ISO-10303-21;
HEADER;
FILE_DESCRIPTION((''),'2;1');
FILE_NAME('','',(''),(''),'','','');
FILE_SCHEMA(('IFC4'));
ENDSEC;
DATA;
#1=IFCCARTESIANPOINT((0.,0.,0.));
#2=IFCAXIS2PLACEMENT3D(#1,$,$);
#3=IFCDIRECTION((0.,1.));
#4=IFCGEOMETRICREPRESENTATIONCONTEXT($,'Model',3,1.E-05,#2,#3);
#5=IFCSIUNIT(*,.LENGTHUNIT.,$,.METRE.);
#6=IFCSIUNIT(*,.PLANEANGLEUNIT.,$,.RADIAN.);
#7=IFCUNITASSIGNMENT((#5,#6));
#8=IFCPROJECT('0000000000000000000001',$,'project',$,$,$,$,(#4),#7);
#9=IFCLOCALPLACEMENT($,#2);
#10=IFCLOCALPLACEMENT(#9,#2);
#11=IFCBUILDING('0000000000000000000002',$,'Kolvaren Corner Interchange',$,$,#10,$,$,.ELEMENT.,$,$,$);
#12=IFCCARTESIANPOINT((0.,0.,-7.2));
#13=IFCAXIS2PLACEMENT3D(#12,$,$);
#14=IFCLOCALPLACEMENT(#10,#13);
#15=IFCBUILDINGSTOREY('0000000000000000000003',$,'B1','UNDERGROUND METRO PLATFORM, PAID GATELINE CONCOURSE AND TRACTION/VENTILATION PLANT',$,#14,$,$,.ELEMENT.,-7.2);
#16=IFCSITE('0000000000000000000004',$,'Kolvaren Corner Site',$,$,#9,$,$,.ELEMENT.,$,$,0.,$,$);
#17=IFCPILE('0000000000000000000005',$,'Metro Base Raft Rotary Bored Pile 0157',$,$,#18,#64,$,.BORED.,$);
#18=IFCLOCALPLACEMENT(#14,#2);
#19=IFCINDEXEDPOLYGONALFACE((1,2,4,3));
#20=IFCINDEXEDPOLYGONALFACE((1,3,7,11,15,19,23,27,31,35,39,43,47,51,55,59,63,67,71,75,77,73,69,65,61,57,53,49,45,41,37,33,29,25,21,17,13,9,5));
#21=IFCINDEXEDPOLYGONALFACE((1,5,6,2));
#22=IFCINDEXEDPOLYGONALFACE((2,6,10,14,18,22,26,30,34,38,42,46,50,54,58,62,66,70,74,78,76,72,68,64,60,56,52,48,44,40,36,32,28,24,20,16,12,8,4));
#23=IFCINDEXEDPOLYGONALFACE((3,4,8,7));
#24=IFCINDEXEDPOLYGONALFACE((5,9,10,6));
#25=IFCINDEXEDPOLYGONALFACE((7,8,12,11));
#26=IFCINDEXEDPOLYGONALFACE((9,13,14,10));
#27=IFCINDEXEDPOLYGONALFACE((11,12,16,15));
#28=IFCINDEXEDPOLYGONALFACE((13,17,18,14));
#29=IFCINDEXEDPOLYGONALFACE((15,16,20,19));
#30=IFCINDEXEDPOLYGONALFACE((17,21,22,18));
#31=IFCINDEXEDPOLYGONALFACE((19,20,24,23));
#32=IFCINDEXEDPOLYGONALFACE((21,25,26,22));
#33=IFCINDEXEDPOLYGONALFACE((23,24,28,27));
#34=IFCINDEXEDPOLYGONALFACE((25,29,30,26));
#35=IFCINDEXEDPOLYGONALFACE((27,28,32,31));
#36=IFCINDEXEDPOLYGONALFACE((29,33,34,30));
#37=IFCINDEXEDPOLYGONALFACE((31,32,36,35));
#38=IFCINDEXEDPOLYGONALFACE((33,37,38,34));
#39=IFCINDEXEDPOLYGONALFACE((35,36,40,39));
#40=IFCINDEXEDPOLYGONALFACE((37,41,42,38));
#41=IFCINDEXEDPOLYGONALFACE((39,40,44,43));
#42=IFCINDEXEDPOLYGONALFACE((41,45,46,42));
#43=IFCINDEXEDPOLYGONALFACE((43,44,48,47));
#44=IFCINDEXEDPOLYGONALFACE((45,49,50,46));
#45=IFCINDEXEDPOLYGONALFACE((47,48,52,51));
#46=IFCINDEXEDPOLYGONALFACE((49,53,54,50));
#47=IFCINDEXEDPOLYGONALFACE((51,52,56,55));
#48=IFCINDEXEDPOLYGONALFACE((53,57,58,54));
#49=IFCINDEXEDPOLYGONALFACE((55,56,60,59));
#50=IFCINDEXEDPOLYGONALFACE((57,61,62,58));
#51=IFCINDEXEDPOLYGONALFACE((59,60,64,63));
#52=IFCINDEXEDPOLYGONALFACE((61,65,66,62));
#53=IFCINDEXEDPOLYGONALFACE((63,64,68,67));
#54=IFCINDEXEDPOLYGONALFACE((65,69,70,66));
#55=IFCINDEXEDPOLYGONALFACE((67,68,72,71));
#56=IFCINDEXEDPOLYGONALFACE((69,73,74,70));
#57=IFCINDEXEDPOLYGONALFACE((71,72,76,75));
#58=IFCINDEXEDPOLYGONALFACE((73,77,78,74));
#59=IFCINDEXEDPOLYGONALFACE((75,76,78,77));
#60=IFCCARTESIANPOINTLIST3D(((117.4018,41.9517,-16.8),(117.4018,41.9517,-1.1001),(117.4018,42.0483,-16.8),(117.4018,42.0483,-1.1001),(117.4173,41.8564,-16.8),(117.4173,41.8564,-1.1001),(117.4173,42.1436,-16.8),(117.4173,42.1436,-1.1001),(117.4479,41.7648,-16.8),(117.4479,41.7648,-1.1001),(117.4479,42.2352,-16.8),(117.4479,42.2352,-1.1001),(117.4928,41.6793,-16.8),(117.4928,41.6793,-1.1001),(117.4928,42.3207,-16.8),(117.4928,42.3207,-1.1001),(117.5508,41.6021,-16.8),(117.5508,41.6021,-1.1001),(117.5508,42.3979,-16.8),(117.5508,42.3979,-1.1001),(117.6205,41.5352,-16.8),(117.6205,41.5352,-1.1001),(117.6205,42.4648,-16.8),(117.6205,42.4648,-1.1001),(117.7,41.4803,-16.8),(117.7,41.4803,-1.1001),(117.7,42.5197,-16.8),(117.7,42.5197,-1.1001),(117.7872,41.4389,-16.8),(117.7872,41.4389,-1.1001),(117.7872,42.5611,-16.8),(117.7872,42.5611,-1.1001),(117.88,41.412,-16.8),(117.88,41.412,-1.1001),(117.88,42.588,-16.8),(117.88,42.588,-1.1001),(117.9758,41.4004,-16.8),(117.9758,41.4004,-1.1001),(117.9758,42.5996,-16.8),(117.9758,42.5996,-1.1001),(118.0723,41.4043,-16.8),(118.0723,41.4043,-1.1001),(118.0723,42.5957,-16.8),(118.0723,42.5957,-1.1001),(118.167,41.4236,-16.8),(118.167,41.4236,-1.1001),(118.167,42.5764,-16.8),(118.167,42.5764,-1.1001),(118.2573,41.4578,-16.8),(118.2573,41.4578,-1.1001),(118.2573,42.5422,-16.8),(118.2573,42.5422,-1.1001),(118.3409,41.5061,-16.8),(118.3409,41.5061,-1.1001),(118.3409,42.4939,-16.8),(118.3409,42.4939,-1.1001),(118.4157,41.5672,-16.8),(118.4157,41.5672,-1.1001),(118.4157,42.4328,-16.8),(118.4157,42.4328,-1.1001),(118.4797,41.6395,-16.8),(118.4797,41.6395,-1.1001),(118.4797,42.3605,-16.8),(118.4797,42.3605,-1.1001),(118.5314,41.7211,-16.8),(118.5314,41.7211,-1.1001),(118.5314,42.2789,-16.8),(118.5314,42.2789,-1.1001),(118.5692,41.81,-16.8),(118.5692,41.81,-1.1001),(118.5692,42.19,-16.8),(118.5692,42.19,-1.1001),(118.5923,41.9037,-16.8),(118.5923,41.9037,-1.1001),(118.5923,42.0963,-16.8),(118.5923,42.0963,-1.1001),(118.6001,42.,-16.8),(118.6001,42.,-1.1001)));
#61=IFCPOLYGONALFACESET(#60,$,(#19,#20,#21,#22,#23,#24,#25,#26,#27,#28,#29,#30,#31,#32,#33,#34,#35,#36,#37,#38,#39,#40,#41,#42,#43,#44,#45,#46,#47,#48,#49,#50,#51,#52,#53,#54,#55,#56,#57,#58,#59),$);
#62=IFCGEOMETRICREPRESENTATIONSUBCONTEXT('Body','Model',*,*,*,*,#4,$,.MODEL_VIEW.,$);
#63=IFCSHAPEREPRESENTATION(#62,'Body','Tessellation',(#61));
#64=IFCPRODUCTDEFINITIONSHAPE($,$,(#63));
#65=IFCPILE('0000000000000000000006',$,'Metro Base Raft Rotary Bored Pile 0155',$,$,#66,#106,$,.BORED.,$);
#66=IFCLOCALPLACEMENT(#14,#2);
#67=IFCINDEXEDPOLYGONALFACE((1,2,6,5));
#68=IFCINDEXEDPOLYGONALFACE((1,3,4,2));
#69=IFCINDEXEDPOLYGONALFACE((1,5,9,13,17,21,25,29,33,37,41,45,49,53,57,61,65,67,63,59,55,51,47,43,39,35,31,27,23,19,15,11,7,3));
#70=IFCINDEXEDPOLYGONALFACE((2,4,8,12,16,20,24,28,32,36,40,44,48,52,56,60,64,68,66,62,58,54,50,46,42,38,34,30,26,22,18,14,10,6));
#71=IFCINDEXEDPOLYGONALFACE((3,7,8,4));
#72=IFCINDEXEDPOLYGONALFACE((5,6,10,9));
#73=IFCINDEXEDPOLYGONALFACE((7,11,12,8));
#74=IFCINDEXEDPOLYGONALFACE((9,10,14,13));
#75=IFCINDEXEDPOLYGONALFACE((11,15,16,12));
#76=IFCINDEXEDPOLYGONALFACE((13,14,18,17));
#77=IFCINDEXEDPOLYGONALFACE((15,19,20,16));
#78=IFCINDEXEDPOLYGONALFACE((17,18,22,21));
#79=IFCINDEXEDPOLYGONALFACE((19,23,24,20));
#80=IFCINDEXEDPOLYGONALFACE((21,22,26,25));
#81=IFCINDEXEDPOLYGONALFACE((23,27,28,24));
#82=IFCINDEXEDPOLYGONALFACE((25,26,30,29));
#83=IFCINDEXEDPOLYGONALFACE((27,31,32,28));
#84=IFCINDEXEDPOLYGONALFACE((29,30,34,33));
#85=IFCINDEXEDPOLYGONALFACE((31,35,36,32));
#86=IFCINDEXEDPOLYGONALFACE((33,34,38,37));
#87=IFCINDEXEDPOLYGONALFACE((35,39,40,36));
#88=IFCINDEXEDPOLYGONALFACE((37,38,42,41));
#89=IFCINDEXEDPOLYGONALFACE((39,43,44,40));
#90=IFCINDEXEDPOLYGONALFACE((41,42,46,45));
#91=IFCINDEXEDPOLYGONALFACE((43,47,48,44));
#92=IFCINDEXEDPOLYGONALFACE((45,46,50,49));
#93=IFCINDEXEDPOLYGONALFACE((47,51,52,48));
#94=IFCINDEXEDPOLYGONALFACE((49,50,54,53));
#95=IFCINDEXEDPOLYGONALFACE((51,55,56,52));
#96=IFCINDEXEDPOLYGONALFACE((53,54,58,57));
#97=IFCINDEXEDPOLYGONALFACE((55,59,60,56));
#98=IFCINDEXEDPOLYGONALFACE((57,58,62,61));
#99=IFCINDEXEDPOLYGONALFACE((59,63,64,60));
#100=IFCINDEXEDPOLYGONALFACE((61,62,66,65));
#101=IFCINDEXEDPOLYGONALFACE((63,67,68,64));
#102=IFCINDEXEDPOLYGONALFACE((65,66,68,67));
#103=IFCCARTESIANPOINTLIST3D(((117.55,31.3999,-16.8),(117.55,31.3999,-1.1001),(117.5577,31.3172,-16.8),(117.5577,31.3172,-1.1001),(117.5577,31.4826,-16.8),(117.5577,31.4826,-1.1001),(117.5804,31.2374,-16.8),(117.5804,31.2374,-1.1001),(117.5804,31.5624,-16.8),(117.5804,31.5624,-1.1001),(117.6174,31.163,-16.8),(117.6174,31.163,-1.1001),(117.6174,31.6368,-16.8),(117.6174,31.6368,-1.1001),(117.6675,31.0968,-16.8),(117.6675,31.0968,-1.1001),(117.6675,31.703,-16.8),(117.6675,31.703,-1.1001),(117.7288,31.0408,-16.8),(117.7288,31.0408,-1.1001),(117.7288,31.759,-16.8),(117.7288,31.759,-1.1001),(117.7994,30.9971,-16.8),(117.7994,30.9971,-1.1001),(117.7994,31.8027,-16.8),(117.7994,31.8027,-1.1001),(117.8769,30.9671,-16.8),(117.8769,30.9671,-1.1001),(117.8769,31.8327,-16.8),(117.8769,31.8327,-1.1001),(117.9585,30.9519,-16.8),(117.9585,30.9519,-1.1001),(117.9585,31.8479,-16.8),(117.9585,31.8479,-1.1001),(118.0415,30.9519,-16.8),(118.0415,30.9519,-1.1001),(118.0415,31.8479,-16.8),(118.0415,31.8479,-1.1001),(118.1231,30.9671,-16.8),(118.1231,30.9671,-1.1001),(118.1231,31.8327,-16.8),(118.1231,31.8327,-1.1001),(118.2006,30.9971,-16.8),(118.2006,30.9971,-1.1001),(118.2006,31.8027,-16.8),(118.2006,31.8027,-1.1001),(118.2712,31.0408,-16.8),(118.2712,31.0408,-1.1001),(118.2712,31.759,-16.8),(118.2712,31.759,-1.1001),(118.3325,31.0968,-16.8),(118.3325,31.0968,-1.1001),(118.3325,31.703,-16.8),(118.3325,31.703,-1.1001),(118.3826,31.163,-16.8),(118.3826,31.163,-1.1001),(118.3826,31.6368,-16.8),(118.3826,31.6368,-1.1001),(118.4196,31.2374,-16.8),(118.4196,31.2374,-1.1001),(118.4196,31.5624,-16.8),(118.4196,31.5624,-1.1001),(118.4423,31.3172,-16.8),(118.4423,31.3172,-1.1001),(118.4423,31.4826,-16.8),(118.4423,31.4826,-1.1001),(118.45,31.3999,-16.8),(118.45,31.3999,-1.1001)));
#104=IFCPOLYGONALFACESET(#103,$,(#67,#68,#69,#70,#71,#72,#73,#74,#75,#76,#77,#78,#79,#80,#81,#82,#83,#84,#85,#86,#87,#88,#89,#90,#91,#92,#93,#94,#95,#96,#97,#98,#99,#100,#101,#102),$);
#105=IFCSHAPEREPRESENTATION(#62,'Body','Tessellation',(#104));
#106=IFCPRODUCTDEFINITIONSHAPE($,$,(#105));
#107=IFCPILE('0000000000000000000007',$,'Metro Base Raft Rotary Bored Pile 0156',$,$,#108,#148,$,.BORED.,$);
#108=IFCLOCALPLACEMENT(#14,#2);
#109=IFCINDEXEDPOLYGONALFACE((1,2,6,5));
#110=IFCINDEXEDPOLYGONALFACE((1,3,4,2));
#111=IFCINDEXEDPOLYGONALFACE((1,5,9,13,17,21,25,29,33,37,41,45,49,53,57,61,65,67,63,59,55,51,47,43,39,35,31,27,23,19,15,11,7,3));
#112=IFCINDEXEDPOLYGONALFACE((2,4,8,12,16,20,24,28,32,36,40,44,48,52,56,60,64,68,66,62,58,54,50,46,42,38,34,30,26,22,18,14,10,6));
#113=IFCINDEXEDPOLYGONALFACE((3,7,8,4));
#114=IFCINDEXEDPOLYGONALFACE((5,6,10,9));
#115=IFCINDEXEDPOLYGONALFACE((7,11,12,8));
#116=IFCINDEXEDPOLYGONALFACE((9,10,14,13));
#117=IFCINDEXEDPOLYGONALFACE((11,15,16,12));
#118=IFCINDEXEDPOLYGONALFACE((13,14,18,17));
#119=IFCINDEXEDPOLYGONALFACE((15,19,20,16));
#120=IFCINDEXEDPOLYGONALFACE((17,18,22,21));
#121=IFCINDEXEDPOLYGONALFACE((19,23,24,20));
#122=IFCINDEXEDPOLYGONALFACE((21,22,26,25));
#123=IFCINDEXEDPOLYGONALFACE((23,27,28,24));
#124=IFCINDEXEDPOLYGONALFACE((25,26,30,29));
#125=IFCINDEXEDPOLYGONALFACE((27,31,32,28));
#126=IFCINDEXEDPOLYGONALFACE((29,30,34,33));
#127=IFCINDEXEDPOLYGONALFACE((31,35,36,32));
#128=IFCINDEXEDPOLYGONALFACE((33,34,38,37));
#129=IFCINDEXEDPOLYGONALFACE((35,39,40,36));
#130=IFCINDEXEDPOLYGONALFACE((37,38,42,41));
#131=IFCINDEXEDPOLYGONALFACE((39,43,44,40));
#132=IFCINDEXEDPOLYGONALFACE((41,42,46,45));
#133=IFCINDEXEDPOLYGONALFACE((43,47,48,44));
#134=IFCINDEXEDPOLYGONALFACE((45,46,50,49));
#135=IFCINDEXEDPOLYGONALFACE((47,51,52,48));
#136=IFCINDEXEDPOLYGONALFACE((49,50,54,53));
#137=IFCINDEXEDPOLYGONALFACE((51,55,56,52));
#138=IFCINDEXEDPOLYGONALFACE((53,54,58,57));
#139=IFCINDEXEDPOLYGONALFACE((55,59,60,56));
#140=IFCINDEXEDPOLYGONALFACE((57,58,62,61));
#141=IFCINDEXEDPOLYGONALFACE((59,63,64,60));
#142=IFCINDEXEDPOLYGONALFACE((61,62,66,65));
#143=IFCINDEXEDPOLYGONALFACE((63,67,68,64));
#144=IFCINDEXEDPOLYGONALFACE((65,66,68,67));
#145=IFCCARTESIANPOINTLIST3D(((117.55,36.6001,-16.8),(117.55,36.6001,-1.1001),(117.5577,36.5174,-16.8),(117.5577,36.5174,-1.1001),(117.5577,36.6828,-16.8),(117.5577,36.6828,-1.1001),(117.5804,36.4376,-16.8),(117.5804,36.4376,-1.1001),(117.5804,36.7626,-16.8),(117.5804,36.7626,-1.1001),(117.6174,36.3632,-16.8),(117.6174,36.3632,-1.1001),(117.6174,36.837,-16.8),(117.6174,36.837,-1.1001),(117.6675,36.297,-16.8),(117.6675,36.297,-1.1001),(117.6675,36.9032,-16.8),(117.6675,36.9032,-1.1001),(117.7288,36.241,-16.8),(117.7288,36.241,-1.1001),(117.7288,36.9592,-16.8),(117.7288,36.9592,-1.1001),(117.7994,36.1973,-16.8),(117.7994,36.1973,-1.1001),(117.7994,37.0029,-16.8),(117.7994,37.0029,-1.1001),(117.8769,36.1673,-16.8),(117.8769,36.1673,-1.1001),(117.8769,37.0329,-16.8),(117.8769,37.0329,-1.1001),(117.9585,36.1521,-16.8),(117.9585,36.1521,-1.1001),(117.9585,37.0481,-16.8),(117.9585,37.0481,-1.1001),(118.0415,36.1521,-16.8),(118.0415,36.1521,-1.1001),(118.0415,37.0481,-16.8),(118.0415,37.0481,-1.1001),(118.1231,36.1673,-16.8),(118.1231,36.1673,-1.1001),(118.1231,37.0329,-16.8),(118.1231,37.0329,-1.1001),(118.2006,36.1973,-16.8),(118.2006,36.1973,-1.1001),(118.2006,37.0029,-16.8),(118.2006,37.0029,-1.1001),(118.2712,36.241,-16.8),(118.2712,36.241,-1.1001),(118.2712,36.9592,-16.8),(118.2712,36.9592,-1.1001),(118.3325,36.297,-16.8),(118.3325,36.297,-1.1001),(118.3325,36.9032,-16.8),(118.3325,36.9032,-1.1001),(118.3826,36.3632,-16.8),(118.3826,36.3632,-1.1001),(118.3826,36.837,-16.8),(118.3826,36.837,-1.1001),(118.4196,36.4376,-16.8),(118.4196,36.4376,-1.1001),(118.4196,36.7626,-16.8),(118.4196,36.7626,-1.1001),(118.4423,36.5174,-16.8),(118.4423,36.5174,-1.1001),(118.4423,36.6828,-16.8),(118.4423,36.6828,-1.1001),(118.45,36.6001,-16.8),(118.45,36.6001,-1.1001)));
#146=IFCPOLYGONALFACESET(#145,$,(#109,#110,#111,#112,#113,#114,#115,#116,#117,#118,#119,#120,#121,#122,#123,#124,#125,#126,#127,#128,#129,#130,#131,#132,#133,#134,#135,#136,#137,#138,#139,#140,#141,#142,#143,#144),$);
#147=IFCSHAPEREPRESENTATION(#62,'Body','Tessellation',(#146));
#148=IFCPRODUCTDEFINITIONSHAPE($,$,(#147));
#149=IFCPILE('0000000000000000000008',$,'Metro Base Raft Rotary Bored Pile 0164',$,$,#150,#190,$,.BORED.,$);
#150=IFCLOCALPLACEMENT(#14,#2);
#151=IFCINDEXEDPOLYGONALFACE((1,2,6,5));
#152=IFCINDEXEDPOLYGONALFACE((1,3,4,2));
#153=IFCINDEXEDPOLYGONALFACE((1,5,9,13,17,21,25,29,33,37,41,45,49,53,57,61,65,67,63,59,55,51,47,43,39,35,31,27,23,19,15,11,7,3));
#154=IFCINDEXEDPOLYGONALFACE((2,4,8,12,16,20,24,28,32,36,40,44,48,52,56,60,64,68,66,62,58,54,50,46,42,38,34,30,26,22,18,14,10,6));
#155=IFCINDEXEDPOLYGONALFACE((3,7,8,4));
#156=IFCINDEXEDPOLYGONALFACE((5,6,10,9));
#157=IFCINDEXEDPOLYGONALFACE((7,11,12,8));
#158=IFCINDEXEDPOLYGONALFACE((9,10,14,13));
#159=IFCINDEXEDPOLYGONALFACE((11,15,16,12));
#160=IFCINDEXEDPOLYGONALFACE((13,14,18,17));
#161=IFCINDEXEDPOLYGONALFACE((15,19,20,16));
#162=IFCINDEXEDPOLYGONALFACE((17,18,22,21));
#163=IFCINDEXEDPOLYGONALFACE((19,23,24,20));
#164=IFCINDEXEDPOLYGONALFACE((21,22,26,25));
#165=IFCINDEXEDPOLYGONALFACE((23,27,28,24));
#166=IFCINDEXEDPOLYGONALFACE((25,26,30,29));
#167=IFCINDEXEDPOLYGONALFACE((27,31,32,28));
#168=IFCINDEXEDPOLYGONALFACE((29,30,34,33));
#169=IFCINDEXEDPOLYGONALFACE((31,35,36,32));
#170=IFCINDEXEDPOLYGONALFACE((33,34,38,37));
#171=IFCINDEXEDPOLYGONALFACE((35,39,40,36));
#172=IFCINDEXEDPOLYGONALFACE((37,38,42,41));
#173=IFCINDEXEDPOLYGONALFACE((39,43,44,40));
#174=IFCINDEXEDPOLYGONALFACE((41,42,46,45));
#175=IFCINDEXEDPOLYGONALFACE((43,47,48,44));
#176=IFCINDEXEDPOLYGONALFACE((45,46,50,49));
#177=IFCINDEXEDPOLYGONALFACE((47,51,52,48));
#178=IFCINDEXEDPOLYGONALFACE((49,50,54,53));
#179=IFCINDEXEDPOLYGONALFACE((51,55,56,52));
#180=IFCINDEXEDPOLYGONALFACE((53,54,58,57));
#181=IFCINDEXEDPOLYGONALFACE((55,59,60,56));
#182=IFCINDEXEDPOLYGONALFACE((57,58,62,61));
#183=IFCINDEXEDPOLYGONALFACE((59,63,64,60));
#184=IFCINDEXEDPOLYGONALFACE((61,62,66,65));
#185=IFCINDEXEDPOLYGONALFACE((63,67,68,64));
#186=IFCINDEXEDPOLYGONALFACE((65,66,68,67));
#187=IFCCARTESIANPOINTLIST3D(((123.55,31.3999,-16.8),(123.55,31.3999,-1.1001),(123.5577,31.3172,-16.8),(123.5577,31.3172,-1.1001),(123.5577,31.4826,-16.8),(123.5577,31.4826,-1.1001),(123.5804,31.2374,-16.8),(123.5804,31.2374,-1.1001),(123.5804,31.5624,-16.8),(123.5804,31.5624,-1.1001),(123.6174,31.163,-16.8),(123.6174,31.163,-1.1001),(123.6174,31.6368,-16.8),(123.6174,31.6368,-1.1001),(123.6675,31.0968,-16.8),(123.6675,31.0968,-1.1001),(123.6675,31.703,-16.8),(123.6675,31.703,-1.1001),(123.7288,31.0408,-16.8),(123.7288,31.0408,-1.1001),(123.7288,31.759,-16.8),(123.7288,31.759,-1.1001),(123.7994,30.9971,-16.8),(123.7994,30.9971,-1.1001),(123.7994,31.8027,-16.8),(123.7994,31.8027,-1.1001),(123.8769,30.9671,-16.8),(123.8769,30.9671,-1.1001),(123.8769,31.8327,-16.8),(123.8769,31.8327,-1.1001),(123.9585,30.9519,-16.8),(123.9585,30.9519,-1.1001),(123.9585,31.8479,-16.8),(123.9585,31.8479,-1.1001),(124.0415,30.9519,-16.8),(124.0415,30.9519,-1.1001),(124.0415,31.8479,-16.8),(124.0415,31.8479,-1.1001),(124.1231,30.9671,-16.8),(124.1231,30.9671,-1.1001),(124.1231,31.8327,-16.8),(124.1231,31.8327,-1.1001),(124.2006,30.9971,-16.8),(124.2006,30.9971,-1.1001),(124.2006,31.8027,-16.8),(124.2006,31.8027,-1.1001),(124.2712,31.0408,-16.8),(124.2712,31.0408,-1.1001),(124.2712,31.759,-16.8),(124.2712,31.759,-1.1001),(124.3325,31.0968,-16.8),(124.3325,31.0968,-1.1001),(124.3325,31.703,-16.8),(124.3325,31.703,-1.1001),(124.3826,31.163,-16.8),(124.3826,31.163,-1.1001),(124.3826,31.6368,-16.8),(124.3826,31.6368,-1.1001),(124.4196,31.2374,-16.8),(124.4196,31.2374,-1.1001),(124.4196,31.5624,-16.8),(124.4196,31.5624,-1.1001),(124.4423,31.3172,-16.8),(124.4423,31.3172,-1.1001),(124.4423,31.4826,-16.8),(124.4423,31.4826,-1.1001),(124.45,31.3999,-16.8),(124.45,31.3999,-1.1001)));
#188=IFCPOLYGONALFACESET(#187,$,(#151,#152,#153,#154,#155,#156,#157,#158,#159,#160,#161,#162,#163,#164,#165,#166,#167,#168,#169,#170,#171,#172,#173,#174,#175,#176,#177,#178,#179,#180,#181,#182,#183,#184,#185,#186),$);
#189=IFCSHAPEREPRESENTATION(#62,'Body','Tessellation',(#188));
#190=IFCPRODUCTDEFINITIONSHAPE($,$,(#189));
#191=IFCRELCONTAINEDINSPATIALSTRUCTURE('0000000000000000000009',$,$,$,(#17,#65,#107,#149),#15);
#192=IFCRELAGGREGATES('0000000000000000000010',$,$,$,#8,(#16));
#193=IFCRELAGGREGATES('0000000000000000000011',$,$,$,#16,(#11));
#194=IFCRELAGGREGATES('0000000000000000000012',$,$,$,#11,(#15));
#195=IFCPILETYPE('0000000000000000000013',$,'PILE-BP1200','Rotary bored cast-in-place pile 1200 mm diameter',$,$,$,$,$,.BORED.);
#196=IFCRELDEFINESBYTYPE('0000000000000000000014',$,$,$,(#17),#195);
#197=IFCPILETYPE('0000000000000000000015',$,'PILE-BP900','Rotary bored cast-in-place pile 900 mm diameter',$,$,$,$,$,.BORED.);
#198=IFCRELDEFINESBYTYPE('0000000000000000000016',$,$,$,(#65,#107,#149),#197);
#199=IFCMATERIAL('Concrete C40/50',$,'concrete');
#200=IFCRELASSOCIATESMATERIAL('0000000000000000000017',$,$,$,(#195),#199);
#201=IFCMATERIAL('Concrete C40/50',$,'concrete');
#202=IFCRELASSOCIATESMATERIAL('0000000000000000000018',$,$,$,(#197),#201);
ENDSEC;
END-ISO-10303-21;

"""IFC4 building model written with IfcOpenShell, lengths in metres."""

from ifc_helpers import new_model, si_unit, direction, frame, origin, origin_2d, place, context, subcontext, project, spatial, circle, extrude, material, material_profile, profile_set, type_object, element, save


model = new_model("IFC4")

# Units and contexts
model_context = context("Model", 3, precision=1e-05, world=origin(), true_north=direction((0.0, 1.0)))
body_context = subcontext(model_context, "Body", "Model", "MODEL_VIEW")
ifc_project = project(units=[si_unit("LENGTHUNIT", "METRE"), si_unit("PLANEANGLEUNIT", "RADIAN")], contexts=[model_context])

# Site, building, storey
site_placement = place(None, origin())
site = spatial("IfcSite", under=ifc_project, at=site_placement, Name="Kolvaren Corner Site", CompositionType="ELEMENT", RefElevation=0.0)
building_placement = place(site_placement, origin())
building = spatial("IfcBuilding", under=site, at=building_placement, Name="Kolvaren Corner Interchange", CompositionType="ELEMENT")
storey_placement = place(building_placement, frame((0.0, 0.0, -7.2)))
storey = spatial("IfcBuildingStorey", under=building, at=storey_placement, Name="B1", Description="UNDERGROUND METRO PLATFORM, PAID GATELINE CONCOURSE AND TRACTION/VENTILATION PLANT", CompositionType="ELEMENT", Elevation=-7.2)

# Piles
ifc_material_1 = material(Name="Concrete C40/50", Category="concrete")
ifc_material_profile_1 = material_profile(ifc_material_1, circle(Radius=0.6001, at=origin_2d()), Name="BORED PILE 1200")
ifc_profile_set_1 = profile_set([ifc_material_profile_1], Name="Concrete C40/50")
pile_type_1 = type_object("IfcPileType", Name="PILE-BP1200", Description="Rotary bored cast-in-place pile 1200 mm diameter", PredefinedType="BORED", material=ifc_profile_set_1)
pile_placement = place(storey_placement, frame((118.0, 42.0, -1.1001), z_axis=(0.0, 0.0, -1.0), x_axis=(1.0, 0.0, 0.0)))
element("IfcPile", 1, at=pile_placement, inside=storey, type_object=pile_type_1, Name="Metro Base Raft Rotary Bored Pile 0157", PredefinedType="BORED", context=body_context, shape_type="SweptSolid", body=[
    extrude(circle(Radius=0.6001, at=origin_2d()), origin(), (0.0, 0.0, 1.0), 15.7),
])
ifc_material_2 = material(Name="Concrete C40/50", Category="concrete")
ifc_material_profile_2 = material_profile(ifc_material_2, circle(Radius=0.45, at=origin_2d()), Name="BORED PILE 900")
ifc_profile_set_2 = profile_set([ifc_material_profile_2], Name="Concrete C40/50")
pile_type_2 = type_object("IfcPileType", Name="PILE-BP900", Description="Rotary bored cast-in-place pile 900 mm diameter", PredefinedType="BORED", material=ifc_profile_set_2)
for number, where, z_axis, x_axis, name in (
    (2, (118.0, 31.3999, -1.1001), (0.0, 0.0, -1.0), (1.0, 0.0, 0.0), "Metro Base Raft Rotary Bored Pile 0155"),
    (3, (118.0, 36.6001, -1.1001), (0.0, 0.0, -1.0), (1.0, 0.0, 0.0), "Metro Base Raft Rotary Bored Pile 0156"),
    (4, (124.0, 31.3999, -1.1001), (0.0, 0.0, -1.0), (1.0, 0.0, 0.0), "Metro Base Raft Rotary Bored Pile 0164"),
):
    element("IfcPile", number, at=place(storey_placement, frame(where, z_axis=z_axis, x_axis=x_axis)), inside=storey, type_object=pile_type_2, Name=name, PredefinedType="BORED", context=body_context, shape_type="SweptSolid", body=[
        extrude(circle(Radius=0.45, at=origin_2d()), origin(), (0.0, 0.0, 1.0), 15.7),
    ])

save(model, "model.ifc")
